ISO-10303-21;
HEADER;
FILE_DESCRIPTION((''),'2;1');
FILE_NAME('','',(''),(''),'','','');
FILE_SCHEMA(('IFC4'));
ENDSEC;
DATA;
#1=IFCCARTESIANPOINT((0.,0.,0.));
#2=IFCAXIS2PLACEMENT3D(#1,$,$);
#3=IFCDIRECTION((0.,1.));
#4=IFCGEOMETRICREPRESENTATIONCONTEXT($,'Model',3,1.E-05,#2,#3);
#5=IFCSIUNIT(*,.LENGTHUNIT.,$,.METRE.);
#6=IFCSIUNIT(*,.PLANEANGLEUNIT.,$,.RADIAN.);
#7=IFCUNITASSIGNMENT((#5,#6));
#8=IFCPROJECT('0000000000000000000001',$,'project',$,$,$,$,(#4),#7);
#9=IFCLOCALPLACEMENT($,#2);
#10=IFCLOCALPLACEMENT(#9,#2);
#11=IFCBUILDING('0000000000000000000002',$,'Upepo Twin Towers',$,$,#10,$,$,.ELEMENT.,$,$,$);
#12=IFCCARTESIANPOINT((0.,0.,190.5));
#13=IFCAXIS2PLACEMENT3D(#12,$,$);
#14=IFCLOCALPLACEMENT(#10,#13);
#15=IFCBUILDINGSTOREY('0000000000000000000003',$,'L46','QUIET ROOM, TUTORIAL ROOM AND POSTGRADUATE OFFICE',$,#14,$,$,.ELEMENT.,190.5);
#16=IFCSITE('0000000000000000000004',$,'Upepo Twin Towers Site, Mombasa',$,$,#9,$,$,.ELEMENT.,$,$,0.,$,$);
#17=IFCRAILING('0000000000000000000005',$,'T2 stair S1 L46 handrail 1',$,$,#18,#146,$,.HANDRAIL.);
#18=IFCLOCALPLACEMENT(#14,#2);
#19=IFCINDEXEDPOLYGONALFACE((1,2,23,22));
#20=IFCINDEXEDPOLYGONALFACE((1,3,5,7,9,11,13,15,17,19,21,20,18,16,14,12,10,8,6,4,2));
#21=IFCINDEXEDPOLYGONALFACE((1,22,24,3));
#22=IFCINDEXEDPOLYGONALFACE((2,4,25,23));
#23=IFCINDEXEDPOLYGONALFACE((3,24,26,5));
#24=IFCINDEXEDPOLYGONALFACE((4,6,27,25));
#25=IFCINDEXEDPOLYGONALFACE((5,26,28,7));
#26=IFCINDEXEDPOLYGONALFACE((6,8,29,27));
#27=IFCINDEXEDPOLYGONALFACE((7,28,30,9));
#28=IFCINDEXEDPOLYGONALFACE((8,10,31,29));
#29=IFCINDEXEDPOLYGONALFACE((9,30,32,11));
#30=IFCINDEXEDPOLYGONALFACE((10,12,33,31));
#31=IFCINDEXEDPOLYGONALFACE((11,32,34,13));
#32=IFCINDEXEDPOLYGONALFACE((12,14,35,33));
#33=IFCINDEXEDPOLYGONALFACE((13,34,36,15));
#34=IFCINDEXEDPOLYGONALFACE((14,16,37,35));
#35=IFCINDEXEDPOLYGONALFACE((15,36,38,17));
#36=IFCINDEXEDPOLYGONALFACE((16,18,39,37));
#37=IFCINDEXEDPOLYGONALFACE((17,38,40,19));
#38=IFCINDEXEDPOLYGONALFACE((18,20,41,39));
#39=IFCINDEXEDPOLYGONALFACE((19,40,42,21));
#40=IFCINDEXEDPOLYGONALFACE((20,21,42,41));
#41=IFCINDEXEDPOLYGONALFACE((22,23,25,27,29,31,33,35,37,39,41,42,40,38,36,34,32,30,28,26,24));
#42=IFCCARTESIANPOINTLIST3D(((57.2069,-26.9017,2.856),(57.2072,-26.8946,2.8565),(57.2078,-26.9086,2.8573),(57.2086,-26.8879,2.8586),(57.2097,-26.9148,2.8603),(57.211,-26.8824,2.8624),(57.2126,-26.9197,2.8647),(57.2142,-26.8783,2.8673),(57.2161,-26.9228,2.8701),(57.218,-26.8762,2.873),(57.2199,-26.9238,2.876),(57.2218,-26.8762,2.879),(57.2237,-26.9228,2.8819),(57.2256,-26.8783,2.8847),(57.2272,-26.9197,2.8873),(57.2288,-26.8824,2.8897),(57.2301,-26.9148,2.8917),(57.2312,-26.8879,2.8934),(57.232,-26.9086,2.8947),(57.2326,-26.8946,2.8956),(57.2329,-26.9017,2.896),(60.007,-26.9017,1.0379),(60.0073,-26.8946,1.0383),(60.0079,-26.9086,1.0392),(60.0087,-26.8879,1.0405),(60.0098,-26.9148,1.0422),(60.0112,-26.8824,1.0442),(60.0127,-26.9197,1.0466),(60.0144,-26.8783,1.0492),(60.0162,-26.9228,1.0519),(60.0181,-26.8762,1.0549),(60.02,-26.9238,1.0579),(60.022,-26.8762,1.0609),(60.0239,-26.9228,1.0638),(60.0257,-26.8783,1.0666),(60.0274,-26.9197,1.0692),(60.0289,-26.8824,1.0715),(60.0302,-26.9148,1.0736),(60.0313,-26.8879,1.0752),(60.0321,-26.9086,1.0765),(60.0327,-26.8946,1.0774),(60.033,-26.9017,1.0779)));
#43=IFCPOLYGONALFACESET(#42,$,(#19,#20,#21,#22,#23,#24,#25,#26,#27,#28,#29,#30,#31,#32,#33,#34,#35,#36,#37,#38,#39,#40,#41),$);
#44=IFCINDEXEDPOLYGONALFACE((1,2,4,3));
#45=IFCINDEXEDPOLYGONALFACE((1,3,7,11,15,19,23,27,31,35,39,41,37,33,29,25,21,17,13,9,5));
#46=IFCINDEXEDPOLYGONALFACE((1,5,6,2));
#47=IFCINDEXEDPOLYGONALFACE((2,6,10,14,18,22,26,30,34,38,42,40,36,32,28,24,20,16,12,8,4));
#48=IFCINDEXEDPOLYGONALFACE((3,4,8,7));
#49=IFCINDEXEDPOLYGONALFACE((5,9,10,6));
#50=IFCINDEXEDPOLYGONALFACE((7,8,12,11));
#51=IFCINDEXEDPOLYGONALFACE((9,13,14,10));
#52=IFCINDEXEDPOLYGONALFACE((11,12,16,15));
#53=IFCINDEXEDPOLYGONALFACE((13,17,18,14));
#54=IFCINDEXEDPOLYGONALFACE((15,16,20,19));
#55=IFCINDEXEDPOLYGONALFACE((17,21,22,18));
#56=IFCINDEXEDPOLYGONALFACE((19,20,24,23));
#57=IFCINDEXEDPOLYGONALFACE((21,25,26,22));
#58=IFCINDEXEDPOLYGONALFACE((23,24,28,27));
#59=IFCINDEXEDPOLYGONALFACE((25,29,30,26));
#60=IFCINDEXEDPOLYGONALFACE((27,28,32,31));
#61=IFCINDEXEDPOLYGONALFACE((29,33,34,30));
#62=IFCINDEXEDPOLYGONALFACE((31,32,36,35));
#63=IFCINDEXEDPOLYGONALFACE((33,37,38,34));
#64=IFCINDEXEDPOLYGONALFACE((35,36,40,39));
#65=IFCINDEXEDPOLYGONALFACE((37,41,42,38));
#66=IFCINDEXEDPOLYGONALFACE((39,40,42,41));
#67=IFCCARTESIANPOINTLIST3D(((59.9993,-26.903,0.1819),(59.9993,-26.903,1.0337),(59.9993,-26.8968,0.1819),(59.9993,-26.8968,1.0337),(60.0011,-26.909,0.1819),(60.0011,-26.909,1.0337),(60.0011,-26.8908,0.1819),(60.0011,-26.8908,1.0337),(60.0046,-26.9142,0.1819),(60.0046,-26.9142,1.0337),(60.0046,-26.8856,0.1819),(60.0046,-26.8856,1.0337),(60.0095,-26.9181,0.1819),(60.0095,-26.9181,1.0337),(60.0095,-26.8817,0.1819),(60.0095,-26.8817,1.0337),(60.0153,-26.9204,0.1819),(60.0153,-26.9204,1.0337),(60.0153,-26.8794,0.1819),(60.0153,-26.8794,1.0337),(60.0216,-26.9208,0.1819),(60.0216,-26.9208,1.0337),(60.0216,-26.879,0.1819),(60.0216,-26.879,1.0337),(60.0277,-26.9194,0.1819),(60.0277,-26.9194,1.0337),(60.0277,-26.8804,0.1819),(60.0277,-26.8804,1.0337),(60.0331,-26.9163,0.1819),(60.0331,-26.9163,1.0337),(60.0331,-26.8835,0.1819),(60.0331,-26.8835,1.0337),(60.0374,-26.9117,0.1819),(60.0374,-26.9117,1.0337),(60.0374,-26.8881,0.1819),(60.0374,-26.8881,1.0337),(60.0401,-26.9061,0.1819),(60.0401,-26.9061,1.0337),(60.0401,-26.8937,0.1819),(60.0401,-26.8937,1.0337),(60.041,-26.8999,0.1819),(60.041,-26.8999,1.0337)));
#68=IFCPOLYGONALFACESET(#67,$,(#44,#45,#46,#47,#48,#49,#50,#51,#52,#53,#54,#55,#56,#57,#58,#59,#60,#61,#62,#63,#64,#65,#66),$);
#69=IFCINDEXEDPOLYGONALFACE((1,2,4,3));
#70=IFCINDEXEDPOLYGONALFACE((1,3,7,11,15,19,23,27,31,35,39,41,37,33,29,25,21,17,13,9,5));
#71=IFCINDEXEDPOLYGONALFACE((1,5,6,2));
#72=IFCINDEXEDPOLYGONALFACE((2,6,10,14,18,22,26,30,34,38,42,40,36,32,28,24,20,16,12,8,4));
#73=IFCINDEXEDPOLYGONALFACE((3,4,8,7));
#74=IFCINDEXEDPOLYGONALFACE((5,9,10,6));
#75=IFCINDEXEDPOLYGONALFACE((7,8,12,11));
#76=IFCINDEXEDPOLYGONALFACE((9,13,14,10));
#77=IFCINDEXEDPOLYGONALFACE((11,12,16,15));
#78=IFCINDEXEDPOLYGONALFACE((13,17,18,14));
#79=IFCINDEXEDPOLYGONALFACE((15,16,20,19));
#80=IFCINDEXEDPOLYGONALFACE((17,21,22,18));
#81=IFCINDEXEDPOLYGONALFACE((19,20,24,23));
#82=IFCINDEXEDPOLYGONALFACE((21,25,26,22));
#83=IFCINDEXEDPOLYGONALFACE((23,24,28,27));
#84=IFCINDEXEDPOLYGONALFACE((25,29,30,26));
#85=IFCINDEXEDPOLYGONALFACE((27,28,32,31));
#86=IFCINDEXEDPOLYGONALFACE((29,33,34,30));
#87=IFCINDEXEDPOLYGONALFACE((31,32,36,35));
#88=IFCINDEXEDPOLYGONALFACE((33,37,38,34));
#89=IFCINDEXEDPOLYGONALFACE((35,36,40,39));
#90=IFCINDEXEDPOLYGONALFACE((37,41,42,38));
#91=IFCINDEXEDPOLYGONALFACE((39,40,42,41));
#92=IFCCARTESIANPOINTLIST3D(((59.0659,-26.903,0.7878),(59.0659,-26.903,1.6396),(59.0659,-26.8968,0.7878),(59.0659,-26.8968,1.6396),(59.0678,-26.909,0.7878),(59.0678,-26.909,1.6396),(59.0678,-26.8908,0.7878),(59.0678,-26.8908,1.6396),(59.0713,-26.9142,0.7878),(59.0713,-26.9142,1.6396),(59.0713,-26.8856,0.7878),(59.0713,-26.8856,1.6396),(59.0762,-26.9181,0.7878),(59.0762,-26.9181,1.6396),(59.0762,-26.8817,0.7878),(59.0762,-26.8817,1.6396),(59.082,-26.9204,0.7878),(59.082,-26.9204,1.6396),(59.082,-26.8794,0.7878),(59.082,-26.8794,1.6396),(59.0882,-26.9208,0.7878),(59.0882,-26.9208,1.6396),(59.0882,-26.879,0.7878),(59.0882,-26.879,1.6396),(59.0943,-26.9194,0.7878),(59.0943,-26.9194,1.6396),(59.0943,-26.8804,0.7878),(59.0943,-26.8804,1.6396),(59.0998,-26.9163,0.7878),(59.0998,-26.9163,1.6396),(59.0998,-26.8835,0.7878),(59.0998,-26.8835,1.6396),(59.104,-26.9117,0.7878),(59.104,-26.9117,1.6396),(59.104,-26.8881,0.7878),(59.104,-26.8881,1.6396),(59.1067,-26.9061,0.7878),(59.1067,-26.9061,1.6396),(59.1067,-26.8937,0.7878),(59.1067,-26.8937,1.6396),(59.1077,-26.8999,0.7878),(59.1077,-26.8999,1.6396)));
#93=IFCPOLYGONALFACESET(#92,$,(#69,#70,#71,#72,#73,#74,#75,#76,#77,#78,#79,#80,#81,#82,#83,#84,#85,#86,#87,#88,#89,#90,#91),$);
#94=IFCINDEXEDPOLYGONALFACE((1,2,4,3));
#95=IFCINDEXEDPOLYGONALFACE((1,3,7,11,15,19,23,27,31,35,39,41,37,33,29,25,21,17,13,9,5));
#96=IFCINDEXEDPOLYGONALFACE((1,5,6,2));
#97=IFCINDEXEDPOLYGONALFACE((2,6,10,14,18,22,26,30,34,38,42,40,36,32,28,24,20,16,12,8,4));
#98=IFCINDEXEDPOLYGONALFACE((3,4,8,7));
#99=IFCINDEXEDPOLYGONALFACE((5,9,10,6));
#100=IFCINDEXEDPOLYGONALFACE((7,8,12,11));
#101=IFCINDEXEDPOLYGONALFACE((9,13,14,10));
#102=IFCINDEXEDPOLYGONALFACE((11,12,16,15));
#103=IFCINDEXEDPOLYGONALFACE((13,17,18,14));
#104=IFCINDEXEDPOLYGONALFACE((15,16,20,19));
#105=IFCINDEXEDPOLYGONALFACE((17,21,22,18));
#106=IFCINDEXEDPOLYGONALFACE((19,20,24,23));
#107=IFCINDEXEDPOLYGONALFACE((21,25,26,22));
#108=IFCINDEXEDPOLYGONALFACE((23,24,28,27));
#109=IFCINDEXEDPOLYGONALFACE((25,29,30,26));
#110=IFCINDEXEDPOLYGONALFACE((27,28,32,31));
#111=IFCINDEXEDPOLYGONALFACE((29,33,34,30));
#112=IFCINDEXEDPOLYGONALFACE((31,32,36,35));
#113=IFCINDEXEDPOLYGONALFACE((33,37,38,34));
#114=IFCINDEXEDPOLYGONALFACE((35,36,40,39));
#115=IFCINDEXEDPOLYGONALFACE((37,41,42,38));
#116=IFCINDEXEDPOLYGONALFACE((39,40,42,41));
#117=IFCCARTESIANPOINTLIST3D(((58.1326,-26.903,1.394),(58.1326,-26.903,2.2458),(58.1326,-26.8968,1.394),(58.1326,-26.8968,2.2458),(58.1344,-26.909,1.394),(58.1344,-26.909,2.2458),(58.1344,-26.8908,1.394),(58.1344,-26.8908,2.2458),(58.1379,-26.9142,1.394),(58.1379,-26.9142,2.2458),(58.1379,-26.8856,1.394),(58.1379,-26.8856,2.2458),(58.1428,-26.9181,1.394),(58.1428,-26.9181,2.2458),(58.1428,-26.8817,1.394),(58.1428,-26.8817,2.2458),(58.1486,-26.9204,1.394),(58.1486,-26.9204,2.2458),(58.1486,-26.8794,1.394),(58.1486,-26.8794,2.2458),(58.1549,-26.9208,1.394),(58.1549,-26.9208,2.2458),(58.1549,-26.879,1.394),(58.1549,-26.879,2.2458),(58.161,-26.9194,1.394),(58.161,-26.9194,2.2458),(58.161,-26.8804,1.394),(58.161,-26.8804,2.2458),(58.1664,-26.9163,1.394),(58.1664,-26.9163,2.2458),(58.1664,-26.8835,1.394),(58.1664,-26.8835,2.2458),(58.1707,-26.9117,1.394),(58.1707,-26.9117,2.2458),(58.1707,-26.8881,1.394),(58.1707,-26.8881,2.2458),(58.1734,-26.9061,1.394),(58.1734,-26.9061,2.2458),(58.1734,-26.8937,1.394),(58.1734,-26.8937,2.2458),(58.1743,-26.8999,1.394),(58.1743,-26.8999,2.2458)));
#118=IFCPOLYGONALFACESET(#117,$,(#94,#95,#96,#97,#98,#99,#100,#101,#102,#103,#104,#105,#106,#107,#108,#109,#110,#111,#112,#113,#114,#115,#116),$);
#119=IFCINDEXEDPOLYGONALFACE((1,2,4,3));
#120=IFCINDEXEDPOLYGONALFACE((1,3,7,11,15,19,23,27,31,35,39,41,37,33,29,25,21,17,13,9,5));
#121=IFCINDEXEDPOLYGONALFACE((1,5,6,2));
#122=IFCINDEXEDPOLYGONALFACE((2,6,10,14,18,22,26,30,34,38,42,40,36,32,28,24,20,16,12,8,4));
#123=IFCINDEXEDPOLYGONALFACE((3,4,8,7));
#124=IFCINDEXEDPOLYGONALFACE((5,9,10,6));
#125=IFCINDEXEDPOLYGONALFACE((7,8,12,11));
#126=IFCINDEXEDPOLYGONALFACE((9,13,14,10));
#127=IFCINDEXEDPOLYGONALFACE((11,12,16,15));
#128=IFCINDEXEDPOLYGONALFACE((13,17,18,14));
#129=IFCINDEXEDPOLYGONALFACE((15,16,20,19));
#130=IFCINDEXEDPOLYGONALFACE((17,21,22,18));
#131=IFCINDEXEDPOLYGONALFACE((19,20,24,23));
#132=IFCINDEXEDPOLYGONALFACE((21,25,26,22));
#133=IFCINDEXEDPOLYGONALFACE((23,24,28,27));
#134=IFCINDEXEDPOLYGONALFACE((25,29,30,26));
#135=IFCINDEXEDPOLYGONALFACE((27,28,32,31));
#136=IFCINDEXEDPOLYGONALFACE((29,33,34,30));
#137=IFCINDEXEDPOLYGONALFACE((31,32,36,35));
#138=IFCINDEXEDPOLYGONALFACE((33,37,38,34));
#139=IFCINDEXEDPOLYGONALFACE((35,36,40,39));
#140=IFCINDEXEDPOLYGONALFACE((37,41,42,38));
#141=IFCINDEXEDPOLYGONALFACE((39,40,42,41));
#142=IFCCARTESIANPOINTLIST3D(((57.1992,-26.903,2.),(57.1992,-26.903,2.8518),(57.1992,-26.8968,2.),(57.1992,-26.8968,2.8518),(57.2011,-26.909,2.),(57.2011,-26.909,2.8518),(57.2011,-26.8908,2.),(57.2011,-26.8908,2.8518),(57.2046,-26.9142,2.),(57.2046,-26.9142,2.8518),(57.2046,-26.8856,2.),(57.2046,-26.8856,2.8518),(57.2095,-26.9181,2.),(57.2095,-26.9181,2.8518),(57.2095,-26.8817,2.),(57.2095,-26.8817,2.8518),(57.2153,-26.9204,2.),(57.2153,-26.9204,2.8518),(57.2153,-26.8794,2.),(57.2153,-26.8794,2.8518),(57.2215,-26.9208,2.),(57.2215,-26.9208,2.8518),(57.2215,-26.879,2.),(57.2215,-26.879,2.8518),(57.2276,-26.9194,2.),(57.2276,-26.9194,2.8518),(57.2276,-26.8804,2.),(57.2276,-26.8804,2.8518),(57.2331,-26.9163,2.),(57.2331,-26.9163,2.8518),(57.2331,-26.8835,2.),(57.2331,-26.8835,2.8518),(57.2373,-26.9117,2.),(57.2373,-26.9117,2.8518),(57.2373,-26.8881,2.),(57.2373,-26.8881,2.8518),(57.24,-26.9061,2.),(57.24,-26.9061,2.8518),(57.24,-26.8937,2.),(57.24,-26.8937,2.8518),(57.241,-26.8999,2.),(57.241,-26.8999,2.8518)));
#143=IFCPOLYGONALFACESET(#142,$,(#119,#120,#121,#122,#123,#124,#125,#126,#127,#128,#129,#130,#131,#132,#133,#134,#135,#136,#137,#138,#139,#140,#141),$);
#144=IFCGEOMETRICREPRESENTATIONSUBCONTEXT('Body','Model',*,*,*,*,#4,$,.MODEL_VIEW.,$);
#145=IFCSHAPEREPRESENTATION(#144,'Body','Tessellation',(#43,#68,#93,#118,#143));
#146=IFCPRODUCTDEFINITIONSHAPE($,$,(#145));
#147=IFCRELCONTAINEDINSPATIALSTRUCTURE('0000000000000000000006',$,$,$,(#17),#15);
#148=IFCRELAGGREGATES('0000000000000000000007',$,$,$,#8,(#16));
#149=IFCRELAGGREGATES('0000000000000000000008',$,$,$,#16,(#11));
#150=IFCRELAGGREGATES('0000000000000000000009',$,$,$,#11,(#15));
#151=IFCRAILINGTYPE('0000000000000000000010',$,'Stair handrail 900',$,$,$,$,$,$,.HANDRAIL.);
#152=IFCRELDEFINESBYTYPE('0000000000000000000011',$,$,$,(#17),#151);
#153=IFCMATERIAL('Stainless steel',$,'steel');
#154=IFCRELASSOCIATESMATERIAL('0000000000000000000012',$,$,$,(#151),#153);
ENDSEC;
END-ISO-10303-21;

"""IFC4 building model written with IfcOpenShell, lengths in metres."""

from ifc_helpers import new_model, si_unit, direction, frame, origin, origin_2d, place, context, subcontext, project, spatial, circle, extrude, material, type_object, element, save


model = new_model("IFC4")

# Units and contexts
model_context = context("Model", 3, precision=1e-05, world=origin(), true_north=direction((0.0, 1.0)))
body_context = subcontext(model_context, "Body", "Model", "MODEL_VIEW")
ifc_project = project(units=[si_unit("LENGTHUNIT", "METRE"), si_unit("PLANEANGLEUNIT", "RADIAN")], contexts=[model_context])

# Site, building, storey
site_placement = place(None, origin())
site = spatial("IfcSite", under=ifc_project, at=site_placement, Name="Upepo Twin Towers Site, Mombasa", CompositionType="ELEMENT", RefElevation=0.0)
building_placement = place(site_placement, origin())
building = spatial("IfcBuilding", under=site, at=building_placement, Name="Upepo Twin Towers", CompositionType="ELEMENT")
storey_placement = place(building_placement, frame((0.0, 0.0, 190.5)))
storey = spatial("IfcBuildingStorey", under=building, at=storey_placement, Name="L46", Description="QUIET ROOM, TUTORIAL ROOM AND POSTGRADUATE OFFICE", CompositionType="ELEMENT", Elevation=190.5)

# Railing
ifc_material_1 = material(Name="Stainless steel", Category="steel")
railing_type = type_object("IfcRailingType", Name="Stair handrail 900", PredefinedType="HANDRAIL", material=ifc_material_1)
railing_1_placement = place(storey_placement, frame((60.02, -26.8999, 0.1819)))
element("IfcRailing", 1, at=railing_1_placement, inside=storey, type_object=railing_type, Name="T2 stair S1 L46 handrail 1", PredefinedType="HANDRAIL", context=body_context, shape_type="SweptSolid", body=[
    extrude(circle(Radius=0.0239, at=origin_2d()), frame((0.0, 0.0, 0.876), z_axis=(-0.838706, 0.0, 0.544585), x_axis=(0.0, -1.0, 0.0)), (0.0, 0.0, 1.0), 3.3386),
    extrude(circle(Radius=0.021, at=origin_2d()), origin(), (0.0, 0.0, 1.0), 0.8518),
    extrude(circle(Radius=0.021, at=origin_2d()), frame((-0.9333, 0.0, 0.606)), (0.0, 0.0, 1.0), 0.8518),
    extrude(circle(Radius=0.021, at=origin_2d()), frame((-1.8667, 0.0, 1.2122)), (0.0, 0.0, 1.0), 0.8518),
    extrude(circle(Radius=0.021, at=origin_2d()), frame((-2.8, 0.0, 1.8181)), (0.0, 0.0, 1.0), 0.8518),
])

save(model, "model.ifc")
